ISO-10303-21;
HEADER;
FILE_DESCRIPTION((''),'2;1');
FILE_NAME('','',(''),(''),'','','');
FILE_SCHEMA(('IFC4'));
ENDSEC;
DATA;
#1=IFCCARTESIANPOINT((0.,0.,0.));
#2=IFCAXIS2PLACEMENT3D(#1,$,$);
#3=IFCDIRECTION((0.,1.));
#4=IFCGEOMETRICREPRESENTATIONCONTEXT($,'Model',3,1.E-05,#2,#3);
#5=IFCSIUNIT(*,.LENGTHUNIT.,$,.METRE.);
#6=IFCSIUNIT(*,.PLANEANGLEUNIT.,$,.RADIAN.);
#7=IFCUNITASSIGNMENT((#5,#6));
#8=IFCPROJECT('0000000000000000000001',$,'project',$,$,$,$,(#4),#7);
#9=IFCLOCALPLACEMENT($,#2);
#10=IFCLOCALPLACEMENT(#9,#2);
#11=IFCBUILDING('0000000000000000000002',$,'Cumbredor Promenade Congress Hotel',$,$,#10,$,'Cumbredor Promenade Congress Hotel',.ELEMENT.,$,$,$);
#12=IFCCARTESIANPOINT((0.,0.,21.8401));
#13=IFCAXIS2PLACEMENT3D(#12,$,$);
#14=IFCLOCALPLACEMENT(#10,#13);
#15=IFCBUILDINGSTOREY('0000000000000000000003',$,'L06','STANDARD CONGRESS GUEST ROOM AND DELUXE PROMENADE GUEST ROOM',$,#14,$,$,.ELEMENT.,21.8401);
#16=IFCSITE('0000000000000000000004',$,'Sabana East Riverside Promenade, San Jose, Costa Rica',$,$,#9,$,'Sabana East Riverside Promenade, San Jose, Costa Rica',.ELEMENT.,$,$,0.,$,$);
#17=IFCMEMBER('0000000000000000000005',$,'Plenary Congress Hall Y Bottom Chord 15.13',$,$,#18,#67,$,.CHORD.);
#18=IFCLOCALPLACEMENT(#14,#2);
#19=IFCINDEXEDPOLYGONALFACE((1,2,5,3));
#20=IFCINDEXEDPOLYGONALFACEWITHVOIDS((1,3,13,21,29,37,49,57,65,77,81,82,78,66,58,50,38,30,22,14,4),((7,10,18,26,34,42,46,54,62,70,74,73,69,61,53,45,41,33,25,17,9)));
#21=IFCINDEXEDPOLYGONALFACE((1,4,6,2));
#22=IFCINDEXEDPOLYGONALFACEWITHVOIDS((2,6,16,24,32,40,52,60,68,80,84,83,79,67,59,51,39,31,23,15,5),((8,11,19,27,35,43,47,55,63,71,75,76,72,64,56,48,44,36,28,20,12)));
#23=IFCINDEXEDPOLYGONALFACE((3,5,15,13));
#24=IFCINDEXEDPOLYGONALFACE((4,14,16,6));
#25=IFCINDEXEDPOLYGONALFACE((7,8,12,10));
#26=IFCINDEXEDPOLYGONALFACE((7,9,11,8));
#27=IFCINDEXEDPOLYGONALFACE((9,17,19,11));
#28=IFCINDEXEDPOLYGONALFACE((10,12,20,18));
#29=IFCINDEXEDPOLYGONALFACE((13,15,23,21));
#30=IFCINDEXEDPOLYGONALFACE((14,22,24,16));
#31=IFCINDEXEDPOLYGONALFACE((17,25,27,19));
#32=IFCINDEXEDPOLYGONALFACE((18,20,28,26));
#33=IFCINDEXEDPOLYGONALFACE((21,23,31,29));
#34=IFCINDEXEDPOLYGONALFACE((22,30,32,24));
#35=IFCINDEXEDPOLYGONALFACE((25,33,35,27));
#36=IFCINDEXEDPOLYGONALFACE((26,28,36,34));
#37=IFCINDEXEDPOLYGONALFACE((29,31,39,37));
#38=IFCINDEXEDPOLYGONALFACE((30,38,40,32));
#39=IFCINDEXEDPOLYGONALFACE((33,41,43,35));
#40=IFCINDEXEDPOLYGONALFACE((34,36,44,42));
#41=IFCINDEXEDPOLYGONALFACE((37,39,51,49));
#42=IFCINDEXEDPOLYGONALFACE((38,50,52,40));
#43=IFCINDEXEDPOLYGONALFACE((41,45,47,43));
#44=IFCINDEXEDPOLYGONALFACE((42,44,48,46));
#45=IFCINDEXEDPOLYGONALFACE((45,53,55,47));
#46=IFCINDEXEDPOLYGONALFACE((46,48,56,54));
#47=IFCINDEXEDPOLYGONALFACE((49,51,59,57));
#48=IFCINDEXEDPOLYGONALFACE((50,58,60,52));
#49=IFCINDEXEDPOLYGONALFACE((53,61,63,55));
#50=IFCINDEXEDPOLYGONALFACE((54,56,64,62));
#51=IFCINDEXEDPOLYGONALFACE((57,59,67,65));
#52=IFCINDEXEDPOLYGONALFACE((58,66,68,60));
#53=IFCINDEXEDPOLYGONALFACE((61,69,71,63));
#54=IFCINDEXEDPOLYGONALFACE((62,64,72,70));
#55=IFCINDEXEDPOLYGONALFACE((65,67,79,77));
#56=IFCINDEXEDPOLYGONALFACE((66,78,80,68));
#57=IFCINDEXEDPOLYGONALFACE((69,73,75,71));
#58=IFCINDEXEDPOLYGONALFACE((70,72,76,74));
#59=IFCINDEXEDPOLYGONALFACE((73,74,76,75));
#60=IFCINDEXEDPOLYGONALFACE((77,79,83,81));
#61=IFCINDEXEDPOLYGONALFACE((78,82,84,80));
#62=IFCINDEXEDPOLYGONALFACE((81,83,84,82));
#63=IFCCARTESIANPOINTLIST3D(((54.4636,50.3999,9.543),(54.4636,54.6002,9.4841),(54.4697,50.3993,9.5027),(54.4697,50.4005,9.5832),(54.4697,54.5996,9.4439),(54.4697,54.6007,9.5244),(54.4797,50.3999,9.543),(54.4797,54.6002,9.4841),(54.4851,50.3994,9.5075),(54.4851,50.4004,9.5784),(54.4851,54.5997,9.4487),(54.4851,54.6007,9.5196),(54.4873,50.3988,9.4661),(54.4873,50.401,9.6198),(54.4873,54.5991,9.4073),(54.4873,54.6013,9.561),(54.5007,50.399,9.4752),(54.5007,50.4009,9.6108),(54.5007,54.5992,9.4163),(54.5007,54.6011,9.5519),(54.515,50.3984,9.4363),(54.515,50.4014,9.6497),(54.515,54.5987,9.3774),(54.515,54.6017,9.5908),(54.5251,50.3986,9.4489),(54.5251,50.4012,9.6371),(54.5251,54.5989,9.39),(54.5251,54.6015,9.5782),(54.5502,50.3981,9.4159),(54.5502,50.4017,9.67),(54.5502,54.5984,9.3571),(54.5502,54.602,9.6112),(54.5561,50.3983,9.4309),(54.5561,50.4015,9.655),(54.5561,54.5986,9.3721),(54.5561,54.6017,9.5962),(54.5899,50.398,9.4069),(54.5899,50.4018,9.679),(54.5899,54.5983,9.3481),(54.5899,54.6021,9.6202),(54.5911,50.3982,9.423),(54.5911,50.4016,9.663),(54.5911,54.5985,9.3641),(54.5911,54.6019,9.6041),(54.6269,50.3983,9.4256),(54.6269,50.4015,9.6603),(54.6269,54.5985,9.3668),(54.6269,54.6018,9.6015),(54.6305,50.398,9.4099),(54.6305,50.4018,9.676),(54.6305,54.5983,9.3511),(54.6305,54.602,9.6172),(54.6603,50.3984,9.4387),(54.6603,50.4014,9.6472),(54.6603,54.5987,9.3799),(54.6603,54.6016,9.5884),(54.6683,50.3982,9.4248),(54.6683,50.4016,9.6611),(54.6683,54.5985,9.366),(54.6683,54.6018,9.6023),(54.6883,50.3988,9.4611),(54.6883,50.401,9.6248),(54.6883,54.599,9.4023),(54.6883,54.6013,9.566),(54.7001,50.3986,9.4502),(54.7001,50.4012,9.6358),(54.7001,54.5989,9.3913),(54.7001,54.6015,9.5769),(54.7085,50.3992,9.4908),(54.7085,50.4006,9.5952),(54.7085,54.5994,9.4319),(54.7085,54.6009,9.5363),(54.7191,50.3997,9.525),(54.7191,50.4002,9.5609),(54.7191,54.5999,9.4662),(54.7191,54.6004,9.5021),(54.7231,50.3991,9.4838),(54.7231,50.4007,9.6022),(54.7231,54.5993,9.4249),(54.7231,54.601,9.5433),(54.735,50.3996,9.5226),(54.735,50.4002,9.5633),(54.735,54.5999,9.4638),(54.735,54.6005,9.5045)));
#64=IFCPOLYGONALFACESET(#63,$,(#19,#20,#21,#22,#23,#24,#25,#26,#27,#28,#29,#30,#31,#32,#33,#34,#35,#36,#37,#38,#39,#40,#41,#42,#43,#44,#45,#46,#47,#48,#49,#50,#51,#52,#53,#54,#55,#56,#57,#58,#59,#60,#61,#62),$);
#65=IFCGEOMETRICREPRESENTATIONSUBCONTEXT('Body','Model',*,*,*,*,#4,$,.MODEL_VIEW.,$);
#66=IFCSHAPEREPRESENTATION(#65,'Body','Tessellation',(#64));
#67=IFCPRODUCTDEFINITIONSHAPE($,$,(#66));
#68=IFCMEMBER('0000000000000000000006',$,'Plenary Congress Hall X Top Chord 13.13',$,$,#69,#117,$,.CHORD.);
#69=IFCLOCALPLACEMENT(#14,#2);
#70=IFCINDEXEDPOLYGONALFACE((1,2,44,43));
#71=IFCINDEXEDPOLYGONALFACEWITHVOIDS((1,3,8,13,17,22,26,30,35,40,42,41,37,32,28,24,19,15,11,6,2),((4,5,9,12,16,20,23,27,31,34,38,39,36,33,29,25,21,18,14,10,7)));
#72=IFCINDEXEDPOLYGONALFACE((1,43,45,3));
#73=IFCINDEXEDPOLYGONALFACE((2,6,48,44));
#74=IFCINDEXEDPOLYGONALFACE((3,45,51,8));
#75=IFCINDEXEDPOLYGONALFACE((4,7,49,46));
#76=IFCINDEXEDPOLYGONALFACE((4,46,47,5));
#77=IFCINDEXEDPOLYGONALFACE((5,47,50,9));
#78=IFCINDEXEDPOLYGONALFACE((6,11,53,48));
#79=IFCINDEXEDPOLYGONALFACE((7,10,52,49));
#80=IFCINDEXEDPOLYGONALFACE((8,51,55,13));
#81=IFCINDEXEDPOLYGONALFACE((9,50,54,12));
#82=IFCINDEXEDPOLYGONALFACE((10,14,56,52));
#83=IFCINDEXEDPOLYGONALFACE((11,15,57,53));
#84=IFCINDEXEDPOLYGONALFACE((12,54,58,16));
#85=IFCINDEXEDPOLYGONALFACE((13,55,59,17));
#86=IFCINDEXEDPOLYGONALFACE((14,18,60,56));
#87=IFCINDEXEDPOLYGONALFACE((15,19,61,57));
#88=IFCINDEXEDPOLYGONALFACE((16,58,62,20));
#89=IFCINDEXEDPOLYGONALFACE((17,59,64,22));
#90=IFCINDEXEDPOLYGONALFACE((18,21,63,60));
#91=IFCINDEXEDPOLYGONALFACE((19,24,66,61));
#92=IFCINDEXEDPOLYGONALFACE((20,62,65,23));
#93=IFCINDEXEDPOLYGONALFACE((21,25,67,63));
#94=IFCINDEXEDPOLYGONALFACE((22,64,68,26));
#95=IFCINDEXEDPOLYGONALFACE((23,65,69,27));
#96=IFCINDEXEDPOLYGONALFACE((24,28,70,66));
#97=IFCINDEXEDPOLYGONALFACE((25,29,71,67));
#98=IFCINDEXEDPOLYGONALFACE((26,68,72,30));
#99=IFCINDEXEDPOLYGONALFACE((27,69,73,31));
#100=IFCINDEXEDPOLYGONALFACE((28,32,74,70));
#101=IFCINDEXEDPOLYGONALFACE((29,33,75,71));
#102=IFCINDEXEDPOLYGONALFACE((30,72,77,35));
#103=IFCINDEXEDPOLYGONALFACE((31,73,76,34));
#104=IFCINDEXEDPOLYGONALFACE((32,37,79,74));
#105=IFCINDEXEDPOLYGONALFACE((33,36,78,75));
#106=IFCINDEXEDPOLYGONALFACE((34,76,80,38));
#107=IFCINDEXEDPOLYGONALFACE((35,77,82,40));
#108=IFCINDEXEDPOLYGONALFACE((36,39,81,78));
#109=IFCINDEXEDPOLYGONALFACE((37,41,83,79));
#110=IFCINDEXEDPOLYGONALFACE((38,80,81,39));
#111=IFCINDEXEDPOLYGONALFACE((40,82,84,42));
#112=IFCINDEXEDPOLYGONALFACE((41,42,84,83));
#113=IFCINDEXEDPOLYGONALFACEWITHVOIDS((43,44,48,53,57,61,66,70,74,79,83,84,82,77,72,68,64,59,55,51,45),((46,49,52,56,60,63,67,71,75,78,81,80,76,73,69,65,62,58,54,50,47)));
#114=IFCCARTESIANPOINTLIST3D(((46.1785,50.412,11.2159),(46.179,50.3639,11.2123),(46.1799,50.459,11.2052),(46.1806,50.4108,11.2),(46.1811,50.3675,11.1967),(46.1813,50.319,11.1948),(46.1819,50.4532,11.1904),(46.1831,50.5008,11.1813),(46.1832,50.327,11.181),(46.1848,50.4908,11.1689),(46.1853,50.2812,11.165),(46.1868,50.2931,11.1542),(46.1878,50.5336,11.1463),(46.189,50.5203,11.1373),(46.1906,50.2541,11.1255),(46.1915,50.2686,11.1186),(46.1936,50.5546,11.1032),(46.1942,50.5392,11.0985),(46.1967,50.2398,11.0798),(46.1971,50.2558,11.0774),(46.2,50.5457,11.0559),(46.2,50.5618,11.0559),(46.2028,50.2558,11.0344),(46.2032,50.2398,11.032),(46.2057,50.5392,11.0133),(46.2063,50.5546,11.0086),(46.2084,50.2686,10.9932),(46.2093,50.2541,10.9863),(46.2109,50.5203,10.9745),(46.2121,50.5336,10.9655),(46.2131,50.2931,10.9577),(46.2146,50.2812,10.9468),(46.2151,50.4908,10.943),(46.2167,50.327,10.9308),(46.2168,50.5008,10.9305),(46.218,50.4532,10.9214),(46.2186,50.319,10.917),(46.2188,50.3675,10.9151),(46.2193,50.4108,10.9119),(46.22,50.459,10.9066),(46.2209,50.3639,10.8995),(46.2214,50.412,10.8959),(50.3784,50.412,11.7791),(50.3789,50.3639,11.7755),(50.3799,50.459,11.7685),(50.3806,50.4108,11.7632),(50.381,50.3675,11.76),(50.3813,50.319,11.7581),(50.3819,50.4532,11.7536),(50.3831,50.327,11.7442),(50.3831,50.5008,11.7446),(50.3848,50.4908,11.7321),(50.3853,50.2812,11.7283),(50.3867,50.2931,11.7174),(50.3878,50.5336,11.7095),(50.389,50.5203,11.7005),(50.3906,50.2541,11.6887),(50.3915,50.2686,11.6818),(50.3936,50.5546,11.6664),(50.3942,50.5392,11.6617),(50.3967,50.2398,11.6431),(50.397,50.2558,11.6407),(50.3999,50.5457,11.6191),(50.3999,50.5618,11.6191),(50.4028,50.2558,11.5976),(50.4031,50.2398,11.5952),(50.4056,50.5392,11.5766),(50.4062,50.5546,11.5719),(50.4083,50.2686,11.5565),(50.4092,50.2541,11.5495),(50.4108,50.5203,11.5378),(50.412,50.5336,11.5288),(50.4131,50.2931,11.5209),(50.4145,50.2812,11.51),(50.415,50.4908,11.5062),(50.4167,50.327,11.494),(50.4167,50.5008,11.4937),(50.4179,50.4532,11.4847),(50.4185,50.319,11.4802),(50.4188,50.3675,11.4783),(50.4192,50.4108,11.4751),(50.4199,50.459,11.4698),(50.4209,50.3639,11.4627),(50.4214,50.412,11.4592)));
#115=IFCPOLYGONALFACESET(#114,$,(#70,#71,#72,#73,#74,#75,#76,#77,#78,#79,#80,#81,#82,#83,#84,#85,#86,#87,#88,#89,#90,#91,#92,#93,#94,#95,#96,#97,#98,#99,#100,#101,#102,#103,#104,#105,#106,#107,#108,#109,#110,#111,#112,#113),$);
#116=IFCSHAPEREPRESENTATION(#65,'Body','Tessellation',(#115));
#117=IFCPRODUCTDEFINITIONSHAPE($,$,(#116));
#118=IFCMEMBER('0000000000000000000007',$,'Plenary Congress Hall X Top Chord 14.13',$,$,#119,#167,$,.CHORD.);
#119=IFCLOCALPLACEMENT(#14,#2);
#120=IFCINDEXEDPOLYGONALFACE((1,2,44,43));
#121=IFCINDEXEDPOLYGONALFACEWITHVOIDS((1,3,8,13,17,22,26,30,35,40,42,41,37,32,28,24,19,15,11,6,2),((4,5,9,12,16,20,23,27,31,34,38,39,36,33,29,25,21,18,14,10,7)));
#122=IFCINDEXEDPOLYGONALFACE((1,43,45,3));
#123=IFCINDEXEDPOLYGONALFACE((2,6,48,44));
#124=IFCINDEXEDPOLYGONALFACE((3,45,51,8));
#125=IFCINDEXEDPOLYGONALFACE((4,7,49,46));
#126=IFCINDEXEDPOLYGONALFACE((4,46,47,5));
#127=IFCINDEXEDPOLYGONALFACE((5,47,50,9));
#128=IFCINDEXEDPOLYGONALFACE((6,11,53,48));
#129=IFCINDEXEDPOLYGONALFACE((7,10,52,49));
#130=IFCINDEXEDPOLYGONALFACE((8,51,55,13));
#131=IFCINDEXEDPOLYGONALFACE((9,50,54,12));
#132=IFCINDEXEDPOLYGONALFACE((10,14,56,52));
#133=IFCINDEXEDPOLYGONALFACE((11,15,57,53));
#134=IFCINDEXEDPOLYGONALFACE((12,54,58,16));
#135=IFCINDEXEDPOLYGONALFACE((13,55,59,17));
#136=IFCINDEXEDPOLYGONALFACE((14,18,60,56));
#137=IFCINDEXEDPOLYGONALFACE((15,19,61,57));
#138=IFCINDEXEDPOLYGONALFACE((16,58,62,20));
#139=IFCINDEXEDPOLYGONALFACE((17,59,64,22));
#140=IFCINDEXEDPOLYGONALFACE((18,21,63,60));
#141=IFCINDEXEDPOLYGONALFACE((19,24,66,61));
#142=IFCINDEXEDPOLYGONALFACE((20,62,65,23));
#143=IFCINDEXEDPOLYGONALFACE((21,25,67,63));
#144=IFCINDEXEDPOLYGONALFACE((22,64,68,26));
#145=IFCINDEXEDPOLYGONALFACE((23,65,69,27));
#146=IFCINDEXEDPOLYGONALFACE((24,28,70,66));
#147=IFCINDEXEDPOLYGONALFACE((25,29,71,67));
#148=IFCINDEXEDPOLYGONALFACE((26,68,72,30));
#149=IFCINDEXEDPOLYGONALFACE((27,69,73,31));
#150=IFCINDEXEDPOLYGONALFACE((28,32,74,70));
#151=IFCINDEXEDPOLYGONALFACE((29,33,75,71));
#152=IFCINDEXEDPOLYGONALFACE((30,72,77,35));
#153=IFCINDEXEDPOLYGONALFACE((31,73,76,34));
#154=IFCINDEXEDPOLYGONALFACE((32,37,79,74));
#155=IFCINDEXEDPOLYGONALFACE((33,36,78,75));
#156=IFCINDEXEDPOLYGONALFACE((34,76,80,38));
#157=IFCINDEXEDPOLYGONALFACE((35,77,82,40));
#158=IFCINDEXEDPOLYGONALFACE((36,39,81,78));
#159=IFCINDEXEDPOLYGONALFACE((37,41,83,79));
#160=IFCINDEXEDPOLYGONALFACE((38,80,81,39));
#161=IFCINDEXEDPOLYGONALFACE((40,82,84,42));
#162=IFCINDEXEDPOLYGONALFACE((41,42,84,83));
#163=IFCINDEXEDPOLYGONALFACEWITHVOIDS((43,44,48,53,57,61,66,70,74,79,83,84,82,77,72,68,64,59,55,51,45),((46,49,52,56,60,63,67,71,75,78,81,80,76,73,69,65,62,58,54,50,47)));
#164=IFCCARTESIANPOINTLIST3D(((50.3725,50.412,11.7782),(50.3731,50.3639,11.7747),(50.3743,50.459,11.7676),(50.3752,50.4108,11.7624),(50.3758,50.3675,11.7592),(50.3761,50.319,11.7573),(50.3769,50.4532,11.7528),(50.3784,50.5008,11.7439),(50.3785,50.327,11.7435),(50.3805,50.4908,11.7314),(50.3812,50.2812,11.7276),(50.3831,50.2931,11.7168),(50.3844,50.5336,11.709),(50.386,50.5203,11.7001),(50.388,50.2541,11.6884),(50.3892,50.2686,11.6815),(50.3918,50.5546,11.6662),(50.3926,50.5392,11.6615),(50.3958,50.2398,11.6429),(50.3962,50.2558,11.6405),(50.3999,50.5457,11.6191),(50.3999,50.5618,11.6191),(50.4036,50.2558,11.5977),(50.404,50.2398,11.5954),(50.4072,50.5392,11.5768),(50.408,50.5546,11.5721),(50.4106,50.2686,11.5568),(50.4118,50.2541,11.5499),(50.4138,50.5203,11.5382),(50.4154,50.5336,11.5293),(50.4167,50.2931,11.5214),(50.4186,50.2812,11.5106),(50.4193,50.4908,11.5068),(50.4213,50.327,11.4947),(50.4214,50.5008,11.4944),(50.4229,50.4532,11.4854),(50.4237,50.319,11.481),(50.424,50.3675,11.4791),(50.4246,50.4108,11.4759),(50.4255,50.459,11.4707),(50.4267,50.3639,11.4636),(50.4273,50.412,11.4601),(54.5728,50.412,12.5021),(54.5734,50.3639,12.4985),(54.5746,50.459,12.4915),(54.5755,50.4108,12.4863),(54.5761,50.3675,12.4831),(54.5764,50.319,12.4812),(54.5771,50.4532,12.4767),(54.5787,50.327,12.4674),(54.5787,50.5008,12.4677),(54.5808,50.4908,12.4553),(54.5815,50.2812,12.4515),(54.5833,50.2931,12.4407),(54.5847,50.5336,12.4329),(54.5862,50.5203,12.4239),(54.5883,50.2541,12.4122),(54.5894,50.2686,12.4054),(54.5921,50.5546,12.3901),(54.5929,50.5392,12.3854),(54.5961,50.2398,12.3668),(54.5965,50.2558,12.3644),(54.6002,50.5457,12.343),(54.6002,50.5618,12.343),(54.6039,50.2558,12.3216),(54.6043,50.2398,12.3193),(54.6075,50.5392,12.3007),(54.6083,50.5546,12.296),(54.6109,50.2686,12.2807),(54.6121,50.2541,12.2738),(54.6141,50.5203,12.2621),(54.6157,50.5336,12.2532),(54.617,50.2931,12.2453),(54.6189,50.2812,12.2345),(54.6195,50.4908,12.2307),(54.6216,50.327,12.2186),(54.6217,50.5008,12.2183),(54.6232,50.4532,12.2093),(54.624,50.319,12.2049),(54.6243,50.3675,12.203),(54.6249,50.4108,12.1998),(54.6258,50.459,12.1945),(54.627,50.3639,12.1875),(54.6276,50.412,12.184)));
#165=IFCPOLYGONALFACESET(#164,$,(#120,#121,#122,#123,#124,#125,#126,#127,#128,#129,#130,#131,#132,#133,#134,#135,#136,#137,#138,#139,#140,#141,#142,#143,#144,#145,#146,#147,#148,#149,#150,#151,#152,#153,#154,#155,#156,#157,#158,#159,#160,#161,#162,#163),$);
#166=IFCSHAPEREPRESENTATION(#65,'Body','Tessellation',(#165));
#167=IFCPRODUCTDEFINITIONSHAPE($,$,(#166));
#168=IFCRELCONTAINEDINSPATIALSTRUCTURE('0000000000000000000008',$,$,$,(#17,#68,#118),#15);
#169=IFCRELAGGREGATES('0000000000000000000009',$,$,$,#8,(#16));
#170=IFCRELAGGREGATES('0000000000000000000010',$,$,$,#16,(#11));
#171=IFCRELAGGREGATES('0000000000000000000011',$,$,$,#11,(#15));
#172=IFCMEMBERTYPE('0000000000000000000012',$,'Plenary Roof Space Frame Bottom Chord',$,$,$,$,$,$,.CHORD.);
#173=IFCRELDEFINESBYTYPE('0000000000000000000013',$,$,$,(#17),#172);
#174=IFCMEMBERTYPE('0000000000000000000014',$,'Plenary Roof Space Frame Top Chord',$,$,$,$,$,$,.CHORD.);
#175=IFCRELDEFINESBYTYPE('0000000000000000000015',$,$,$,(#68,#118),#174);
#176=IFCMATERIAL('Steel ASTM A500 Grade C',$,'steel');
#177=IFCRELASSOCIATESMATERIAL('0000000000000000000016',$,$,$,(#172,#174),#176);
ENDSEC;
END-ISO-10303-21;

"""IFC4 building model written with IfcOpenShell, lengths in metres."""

from ifc_helpers import new_model, si_unit, direction, frame, origin, origin_2d, place, context, subcontext, project, spatial, hollow_circle, extrude, material, material_profile, profile_set, type_object, element, save


model = new_model("IFC4")

# Units and contexts
model_context = context("Model", 3, precision=1e-05, world=origin(), true_north=direction((0.0, 1.0)))
body_context = subcontext(model_context, "Body", "Model", "MODEL_VIEW")
ifc_project = project(units=[si_unit("LENGTHUNIT", "METRE"), si_unit("PLANEANGLEUNIT", "RADIAN")], contexts=[model_context])

# Site, building, storey
site_placement = place(None, origin())
site = spatial("IfcSite", under=ifc_project, at=site_placement, Name="Sabana East Riverside Promenade, San Jose, Costa Rica", LongName="Sabana East Riverside Promenade, San Jose, Costa Rica", CompositionType="ELEMENT", RefElevation=0.0)
building_placement = place(site_placement, origin())
building = spatial("IfcBuilding", under=site, at=building_placement, Name="Cumbredor Promenade Congress Hotel", LongName="Cumbredor Promenade Congress Hotel", CompositionType="ELEMENT")
storey_placement = place(building_placement, frame((0.0, 0.0, 21.8401)))
storey = spatial("IfcBuildingStorey", under=building, at=storey_placement, Name="L06", Description="STANDARD CONGRESS GUEST ROOM AND DELUXE PROMENADE GUEST ROOM", CompositionType="ELEMENT", Elevation=21.8401)

# Members
ifc_material_1 = material(Name="Steel ASTM A500 Grade C", Category="steel")
ifc_material_profile_1 = material_profile(ifc_material_1, hollow_circle(Radius=0.1365, WallThickness=0.0161, at=origin_2d()), Name="CHS 273.0x16")
ifc_profile_set_1 = profile_set([ifc_material_profile_1], Name="Steel ASTM A500 Grade C")
member_type_1 = type_object("IfcMemberType", Name="Plenary Roof Space Frame Bottom Chord", PredefinedType="CHORD", material=ifc_profile_set_1)
member_1_placement = place(storey_placement, frame((54.6001, 50.3999, 9.543), z_axis=(0.0, 0.999902, -0.014007), x_axis=(-1.0, 0.0, 0.0)))
element("IfcMember", 1, at=member_1_placement, inside=storey, type_object=member_type_1, Name="Plenary Congress Hall Y Bottom Chord 15.13", PredefinedType="CHORD", context=body_context, shape_type="SweptSolid", body=[
    extrude(hollow_circle(Radius=0.1365, WallThickness=0.0161, at=origin_2d()), origin(), (0.0, 0.0, 1.0), 4.2007),
])
ifc_material_profile_2 = material_profile(ifc_material_1, hollow_circle(Radius=0.1619, WallThickness=0.0161, at=origin_2d()), Name="CHS 323.9x16")
ifc_profile_set_2 = profile_set([ifc_material_profile_2], Name="Steel ASTM A500 Grade C")
member_type_2 = type_object("IfcMemberType", Name="Plenary Roof Space Frame Top Chord", PredefinedType="CHORD", material=ifc_profile_set_2)
member_2_placement = place(storey_placement, frame((46.2, 50.3999, 11.0559), z_axis=(0.991127, 0.0, 0.132915), x_axis=(0.0, 1.0, 0.0)))
element("IfcMember", 2, at=member_2_placement, inside=storey, type_object=member_type_2, Name="Plenary Congress Hall X Top Chord 13.13", PredefinedType="CHORD", context=body_context, shape_type="SweptSolid", body=[
    extrude(hollow_circle(Radius=0.1619, WallThickness=0.0161, at=origin_2d()), origin(), (0.0, 0.0, 1.0), 4.2375),
])
member_3_placement = place(storey_placement, frame((50.3999, 50.3999, 11.6191), z_axis=(0.985472, 0.0, 0.16984), x_axis=(0.0, 1.0, 0.0)))
element("IfcMember", 3, at=member_3_placement, inside=storey, type_object=member_type_2, Name="Plenary Congress Hall X Top Chord 14.13", PredefinedType="CHORD", context=body_context, shape_type="SweptSolid", body=[
    extrude(hollow_circle(Radius=0.1619, WallThickness=0.0161, at=origin_2d()), origin(), (0.0, 0.0, 1.0), 4.2622),
])

save(model, "model.ifc")
